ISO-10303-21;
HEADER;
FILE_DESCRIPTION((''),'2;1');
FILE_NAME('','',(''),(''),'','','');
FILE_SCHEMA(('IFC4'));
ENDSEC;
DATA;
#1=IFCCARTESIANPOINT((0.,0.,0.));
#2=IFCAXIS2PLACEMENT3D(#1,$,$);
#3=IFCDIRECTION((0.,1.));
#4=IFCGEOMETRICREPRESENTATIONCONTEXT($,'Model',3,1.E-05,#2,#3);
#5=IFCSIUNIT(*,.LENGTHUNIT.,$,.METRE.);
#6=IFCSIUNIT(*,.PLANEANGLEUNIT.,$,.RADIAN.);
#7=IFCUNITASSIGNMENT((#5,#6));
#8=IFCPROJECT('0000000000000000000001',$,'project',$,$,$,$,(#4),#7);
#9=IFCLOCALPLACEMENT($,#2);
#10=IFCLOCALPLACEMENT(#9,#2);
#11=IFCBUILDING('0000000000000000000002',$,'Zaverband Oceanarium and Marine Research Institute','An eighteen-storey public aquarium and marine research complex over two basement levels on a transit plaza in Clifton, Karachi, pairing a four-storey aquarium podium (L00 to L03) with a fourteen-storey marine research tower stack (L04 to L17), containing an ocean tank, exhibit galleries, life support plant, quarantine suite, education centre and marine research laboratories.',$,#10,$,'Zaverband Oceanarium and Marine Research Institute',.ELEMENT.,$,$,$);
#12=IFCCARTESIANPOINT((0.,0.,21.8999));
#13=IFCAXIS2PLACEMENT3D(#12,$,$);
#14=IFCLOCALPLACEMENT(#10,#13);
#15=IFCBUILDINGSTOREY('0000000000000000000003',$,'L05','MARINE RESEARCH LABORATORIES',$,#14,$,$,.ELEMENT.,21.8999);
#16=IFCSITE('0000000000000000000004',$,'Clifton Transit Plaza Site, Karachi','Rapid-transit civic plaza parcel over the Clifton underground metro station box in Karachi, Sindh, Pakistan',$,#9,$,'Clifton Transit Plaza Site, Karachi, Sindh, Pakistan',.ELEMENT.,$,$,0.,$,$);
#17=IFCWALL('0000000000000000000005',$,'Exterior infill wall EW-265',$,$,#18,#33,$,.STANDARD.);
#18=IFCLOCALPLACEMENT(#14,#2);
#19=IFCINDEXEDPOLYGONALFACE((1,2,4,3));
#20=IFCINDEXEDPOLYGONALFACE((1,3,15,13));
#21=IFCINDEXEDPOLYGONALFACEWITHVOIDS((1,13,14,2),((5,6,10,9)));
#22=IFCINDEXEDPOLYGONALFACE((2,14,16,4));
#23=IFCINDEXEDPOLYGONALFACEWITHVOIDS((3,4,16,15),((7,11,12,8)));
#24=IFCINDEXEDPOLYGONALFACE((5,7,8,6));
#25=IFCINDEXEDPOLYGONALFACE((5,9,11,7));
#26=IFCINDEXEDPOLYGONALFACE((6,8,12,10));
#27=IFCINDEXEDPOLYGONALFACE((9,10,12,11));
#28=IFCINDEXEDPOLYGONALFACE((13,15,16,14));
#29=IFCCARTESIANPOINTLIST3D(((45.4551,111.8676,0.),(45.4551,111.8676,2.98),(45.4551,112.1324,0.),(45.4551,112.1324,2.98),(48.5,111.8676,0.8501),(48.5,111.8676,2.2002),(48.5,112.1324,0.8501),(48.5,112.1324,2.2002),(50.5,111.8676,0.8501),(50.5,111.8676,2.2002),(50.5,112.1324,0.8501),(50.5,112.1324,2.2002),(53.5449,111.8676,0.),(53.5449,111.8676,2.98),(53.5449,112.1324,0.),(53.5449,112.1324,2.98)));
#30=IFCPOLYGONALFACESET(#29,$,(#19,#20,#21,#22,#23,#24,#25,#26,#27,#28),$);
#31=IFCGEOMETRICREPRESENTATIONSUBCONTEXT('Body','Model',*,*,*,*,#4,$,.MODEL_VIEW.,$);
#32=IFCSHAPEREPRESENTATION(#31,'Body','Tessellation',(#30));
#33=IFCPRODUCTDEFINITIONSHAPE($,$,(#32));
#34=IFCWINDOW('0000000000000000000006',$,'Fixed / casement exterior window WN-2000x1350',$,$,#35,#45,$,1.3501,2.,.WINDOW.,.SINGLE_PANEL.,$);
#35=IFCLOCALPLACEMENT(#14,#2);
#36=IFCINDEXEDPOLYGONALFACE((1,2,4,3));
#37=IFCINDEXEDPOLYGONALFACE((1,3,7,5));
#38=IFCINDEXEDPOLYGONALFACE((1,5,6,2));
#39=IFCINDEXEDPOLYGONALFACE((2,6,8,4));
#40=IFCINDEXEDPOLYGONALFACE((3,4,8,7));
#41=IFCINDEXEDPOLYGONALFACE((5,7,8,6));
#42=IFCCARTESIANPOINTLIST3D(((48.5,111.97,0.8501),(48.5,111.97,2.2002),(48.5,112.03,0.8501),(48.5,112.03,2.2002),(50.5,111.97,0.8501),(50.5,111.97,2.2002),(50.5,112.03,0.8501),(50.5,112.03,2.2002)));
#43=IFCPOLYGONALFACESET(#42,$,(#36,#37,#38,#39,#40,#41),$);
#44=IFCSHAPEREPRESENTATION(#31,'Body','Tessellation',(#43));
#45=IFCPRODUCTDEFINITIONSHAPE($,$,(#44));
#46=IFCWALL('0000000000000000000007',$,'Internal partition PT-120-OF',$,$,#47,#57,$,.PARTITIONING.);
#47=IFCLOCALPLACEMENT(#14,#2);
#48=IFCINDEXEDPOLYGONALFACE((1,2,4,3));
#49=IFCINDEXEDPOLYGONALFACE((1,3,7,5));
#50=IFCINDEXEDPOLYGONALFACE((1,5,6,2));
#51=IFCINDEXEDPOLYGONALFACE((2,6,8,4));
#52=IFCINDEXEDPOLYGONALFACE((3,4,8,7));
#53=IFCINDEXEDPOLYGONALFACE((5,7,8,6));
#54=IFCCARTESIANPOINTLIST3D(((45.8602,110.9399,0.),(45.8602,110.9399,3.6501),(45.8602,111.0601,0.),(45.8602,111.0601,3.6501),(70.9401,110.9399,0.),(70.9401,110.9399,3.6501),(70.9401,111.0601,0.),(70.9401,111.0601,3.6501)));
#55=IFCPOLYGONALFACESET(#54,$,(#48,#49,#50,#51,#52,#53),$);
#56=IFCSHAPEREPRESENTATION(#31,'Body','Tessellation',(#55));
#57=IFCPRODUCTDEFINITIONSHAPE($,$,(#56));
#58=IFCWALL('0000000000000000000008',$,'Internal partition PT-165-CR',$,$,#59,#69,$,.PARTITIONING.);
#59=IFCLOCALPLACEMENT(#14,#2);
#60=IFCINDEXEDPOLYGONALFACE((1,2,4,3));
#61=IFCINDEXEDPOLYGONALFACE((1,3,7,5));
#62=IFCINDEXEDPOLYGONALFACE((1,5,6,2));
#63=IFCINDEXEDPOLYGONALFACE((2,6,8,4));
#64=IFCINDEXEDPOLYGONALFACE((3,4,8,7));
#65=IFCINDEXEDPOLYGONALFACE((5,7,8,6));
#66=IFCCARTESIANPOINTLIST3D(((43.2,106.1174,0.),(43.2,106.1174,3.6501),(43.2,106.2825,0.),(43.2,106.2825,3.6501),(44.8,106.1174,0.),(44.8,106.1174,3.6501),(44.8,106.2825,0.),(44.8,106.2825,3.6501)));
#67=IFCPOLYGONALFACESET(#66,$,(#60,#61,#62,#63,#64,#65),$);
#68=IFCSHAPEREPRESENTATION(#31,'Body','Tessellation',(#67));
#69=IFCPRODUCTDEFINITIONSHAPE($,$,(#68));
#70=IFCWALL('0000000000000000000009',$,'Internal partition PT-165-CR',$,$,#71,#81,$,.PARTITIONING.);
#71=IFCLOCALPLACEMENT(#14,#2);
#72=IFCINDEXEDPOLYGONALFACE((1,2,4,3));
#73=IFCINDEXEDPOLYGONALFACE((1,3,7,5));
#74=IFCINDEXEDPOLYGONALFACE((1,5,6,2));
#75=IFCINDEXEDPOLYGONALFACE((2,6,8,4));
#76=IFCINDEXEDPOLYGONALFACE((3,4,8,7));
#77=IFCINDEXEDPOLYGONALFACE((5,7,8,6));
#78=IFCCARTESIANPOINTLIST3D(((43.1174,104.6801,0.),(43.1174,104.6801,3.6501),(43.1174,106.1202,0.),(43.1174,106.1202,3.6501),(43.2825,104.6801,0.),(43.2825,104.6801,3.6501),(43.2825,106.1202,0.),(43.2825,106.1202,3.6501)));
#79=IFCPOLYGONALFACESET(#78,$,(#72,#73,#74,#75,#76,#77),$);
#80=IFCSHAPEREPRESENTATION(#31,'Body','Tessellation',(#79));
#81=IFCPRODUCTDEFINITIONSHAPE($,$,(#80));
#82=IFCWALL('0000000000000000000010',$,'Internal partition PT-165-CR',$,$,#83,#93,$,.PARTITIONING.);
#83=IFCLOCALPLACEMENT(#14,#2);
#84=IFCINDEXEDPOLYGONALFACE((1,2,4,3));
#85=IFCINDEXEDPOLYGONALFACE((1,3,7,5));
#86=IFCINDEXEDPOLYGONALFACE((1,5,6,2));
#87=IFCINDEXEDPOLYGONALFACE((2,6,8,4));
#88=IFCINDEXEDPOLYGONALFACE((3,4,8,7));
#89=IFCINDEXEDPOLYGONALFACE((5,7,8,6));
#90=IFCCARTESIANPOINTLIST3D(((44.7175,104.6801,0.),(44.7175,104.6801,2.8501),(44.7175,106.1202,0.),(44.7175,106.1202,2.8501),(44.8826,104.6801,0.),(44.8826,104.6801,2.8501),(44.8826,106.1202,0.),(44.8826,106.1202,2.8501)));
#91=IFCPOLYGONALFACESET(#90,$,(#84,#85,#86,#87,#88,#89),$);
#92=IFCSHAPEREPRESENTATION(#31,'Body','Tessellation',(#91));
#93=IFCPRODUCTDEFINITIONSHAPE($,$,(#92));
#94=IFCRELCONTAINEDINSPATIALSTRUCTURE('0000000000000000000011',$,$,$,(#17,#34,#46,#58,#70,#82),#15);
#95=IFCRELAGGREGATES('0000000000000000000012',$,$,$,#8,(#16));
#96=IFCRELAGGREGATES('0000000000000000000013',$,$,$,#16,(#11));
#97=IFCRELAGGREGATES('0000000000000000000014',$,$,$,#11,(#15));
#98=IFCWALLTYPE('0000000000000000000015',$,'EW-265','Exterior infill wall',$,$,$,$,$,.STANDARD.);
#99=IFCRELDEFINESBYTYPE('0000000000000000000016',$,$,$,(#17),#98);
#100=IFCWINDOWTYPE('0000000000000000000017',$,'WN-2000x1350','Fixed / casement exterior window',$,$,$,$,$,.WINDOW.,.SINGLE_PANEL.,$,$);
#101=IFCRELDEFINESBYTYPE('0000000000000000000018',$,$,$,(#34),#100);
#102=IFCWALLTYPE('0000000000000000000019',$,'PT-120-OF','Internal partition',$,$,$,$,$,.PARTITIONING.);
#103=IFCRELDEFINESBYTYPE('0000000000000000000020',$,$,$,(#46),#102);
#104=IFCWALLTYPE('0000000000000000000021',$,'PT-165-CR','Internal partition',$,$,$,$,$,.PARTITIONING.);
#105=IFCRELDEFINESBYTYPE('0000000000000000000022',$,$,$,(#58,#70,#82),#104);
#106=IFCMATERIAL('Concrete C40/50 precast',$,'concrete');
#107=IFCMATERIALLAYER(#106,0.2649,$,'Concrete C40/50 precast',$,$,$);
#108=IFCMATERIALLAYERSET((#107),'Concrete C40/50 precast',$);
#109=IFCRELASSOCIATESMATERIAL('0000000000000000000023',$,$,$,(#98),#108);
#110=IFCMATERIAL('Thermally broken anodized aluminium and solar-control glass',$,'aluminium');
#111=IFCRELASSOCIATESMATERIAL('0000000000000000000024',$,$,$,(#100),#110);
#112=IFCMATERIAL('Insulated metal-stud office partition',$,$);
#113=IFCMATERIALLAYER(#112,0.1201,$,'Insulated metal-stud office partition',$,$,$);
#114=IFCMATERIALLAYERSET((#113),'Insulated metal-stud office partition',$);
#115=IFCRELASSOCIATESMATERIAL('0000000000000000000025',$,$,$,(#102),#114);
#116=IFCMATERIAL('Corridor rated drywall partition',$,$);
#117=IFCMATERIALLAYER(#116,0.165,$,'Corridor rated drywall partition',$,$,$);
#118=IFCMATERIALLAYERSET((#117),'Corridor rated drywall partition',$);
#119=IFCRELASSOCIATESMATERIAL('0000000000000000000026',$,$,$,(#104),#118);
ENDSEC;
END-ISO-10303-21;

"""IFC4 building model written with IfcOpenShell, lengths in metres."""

from ifc_helpers import new_model, si_unit, direction, frame, frame_2d, origin, place, context, subcontext, project, spatial, rectangle, extrude, material, layer, layer_set, type_object, element, fill, save


model = new_model("IFC4")

# Units and contexts
model_context = context("Model", 3, precision=1e-05, world=origin(), true_north=direction((0.0, 1.0)))
body_context = subcontext(model_context, "Body", "Model", "MODEL_VIEW")
ifc_project = project(units=[si_unit("LENGTHUNIT", "METRE"), si_unit("PLANEANGLEUNIT", "RADIAN")], contexts=[model_context])

# Site, building, storey
site_placement = place(None, origin())
site = spatial("IfcSite", under=ifc_project, at=site_placement, Name="Clifton Transit Plaza Site, Karachi", Description="Rapid-transit civic plaza parcel over the Clifton underground metro station box in Karachi, Sindh, Pakistan", LongName="Clifton Transit Plaza Site, Karachi, Sindh, Pakistan", CompositionType="ELEMENT", RefElevation=0.0)
building_placement = place(site_placement, origin())
building = spatial("IfcBuilding", under=site, at=building_placement, Name="Zaverband Oceanarium and Marine Research Institute", Description="An eighteen-storey public aquarium and marine research complex over two basement levels on a transit plaza in Clifton, Karachi, pairing a four-storey aquarium podium (L00 to L03) with a fourteen-storey marine research tower stack (L04 to L17), containing an ocean tank, exhibit galleries, life support plant, quarantine suite, education centre and marine research laboratories.", LongName="Zaverband Oceanarium and Marine Research Institute", CompositionType="ELEMENT")
storey_placement = place(building_placement, frame((0.0, 0.0, 21.8999)))
storey = spatial("IfcBuildingStorey", under=building, at=storey_placement, Name="L05", Description="MARINE RESEARCH LABORATORIES", CompositionType="ELEMENT", Elevation=21.8999)

# Shared definitions
ifc_material_1 = material(Name="Thermally broken anodized aluminium and solar-control glass", Category="aluminium")

# Wall, opening, window
ifc_material_2 = material(Name="Concrete C40/50 precast", Category="concrete")
ifc_layer_1 = layer(ifc_material_2, 0.2649, Name="Concrete C40/50 precast")
ifc_layer_set_1 = layer_set([ifc_layer_1], Name="Concrete C40/50 precast")
wall_type_1 = type_object("IfcWallType", Name="EW-265", Description="Exterior infill wall", PredefinedType="STANDARD", material=ifc_layer_set_1)
wall_1_placement = place(storey_placement, frame((45.4551, 112.0, 0.0), z_axis=(0.0, 0.0, 1.0), x_axis=(1.0, 0.0, 0.0)))
wall_1 = element("IfcWall", 1, at=wall_1_placement, inside=storey, type_object=wall_type_1, Name="Exterior infill wall EW-265", PredefinedType="STANDARD", context=body_context, shape_type="SweptSolid", body=[
    extrude(rectangle(XDim=8.0898, YDim=0.2649, at=frame_2d((4.0449, 0.0))), origin(), (0.0, 0.0, 1.0), 2.98),
])
opening_placement = place(wall_1_placement, frame((3.0449, 0.0, 0.8501)))
opening = element("IfcOpeningElement", 2, at=opening_placement, cuts=wall_1, PredefinedType="OPENING", context=body_context, shape_type="SweptSolid", body=[
    extrude(rectangle(XDim=2.0, YDim=1.3501, at=frame_2d((1.0, 0.675))), frame((0.0, 0.1445, 0.0), z_axis=(0.0, -1.0, 0.0), x_axis=(1.0, 0.0, 0.0)), (0.0, 0.0, 1.0), 0.2888),
])
window_type = type_object("IfcWindowType", Name="WN-2000x1350", Description="Fixed / casement exterior window", PartitioningType="SINGLE_PANEL", PredefinedType="WINDOW", material=ifc_material_1)
window_placement = place(opening_placement, origin())
window = element("IfcWindow", 3, at=window_placement, inside=storey, type_object=window_type, Name="Fixed / casement exterior window WN-2000x1350", OverallHeight=1.3501, OverallWidth=2.0, PartitioningType="SINGLE_PANEL", PredefinedType="WINDOW", context=body_context, shape_type="SweptSolid", body=[
    extrude(rectangle(XDim=2.0, YDim=1.3501, at=frame_2d((1.0, 0.675))), frame((0.0, 0.03, 0.0), z_axis=(0.0, -1.0, 0.0), x_axis=(1.0, 0.0, 0.0)), (0.0, 0.0, 1.0), 0.0601),
])
fill(opening, window)

# Walls
ifc_material_3 = material(Name="Insulated metal-stud office partition")
ifc_layer_2 = layer(ifc_material_3, 0.1201, Name="Insulated metal-stud office partition")
ifc_layer_set_2 = layer_set([ifc_layer_2], Name="Insulated metal-stud office partition")
wall_type_2 = type_object("IfcWallType", Name="PT-120-OF", Description="Internal partition", PredefinedType="PARTITIONING", material=ifc_layer_set_2)
wall_2_placement = place(storey_placement, frame((45.8601, 111.0, 0.0), z_axis=(0.0, 0.0, 1.0), x_axis=(1.0, 0.0, 0.0)))
element("IfcWall", 4, at=wall_2_placement, inside=storey, type_object=wall_type_2, Name="Internal partition PT-120-OF", PredefinedType="PARTITIONING", context=body_context, shape_type="SweptSolid", body=[
    extrude(rectangle(XDim=25.0798, YDim=0.1201, at=frame_2d((12.54, 0.0))), origin(), (0.0, 0.0, 1.0), 3.6501),
])
ifc_material_4 = material(Name="Corridor rated drywall partition")
ifc_layer_3 = layer(ifc_material_4, 0.165, Name="Corridor rated drywall partition")
ifc_layer_set_3 = layer_set([ifc_layer_3], Name="Corridor rated drywall partition")
wall_type_3 = type_object("IfcWallType", Name="PT-165-CR", Description="Internal partition", PredefinedType="PARTITIONING", material=ifc_layer_set_3)
wall_3_placement = place(storey_placement, frame((43.2, 106.2, 0.0), z_axis=(0.0, 0.0, 1.0), x_axis=(1.0, 0.0, 0.0)))
element("IfcWall", 5, at=wall_3_placement, inside=storey, type_object=wall_type_3, Name="Internal partition PT-165-CR", PredefinedType="PARTITIONING", context=body_context, shape_type="SweptSolid", body=[
    extrude(rectangle(XDim=1.6001, YDim=0.165, at=frame_2d((0.8, 0.0))), origin(), (0.0, 0.0, 1.0), 3.6501),
])
wall_4_placement = place(storey_placement, frame((43.2, 104.6799, 0.0), z_axis=(0.0, 0.0, 1.0), x_axis=(0.0, 1.0, 0.0)))
element("IfcWall", 6, at=wall_4_placement, inside=storey, type_object=wall_type_3, Name="Internal partition PT-165-CR", PredefinedType="PARTITIONING", context=body_context, shape_type="SweptSolid", body=[
    extrude(rectangle(XDim=1.4402, YDim=0.165, at=frame_2d((0.7202, 0.0))), origin(), (0.0, 0.0, 1.0), 3.6501),
])
wall_5_placement = place(storey_placement, frame((44.8, 104.6799, 0.0), z_axis=(0.0, 0.0, 1.0), x_axis=(0.0, 1.0, 0.0)))
element("IfcWall", 7, at=wall_5_placement, inside=storey, type_object=wall_type_3, Name="Internal partition PT-165-CR", PredefinedType="PARTITIONING", context=body_context, shape_type="SweptSolid", body=[
    extrude(rectangle(XDim=1.4402, YDim=0.165, at=frame_2d((0.7202, 0.0))), origin(), (0.0, 0.0, 1.0), 2.8501),
])

save(model, "model.ifc")
